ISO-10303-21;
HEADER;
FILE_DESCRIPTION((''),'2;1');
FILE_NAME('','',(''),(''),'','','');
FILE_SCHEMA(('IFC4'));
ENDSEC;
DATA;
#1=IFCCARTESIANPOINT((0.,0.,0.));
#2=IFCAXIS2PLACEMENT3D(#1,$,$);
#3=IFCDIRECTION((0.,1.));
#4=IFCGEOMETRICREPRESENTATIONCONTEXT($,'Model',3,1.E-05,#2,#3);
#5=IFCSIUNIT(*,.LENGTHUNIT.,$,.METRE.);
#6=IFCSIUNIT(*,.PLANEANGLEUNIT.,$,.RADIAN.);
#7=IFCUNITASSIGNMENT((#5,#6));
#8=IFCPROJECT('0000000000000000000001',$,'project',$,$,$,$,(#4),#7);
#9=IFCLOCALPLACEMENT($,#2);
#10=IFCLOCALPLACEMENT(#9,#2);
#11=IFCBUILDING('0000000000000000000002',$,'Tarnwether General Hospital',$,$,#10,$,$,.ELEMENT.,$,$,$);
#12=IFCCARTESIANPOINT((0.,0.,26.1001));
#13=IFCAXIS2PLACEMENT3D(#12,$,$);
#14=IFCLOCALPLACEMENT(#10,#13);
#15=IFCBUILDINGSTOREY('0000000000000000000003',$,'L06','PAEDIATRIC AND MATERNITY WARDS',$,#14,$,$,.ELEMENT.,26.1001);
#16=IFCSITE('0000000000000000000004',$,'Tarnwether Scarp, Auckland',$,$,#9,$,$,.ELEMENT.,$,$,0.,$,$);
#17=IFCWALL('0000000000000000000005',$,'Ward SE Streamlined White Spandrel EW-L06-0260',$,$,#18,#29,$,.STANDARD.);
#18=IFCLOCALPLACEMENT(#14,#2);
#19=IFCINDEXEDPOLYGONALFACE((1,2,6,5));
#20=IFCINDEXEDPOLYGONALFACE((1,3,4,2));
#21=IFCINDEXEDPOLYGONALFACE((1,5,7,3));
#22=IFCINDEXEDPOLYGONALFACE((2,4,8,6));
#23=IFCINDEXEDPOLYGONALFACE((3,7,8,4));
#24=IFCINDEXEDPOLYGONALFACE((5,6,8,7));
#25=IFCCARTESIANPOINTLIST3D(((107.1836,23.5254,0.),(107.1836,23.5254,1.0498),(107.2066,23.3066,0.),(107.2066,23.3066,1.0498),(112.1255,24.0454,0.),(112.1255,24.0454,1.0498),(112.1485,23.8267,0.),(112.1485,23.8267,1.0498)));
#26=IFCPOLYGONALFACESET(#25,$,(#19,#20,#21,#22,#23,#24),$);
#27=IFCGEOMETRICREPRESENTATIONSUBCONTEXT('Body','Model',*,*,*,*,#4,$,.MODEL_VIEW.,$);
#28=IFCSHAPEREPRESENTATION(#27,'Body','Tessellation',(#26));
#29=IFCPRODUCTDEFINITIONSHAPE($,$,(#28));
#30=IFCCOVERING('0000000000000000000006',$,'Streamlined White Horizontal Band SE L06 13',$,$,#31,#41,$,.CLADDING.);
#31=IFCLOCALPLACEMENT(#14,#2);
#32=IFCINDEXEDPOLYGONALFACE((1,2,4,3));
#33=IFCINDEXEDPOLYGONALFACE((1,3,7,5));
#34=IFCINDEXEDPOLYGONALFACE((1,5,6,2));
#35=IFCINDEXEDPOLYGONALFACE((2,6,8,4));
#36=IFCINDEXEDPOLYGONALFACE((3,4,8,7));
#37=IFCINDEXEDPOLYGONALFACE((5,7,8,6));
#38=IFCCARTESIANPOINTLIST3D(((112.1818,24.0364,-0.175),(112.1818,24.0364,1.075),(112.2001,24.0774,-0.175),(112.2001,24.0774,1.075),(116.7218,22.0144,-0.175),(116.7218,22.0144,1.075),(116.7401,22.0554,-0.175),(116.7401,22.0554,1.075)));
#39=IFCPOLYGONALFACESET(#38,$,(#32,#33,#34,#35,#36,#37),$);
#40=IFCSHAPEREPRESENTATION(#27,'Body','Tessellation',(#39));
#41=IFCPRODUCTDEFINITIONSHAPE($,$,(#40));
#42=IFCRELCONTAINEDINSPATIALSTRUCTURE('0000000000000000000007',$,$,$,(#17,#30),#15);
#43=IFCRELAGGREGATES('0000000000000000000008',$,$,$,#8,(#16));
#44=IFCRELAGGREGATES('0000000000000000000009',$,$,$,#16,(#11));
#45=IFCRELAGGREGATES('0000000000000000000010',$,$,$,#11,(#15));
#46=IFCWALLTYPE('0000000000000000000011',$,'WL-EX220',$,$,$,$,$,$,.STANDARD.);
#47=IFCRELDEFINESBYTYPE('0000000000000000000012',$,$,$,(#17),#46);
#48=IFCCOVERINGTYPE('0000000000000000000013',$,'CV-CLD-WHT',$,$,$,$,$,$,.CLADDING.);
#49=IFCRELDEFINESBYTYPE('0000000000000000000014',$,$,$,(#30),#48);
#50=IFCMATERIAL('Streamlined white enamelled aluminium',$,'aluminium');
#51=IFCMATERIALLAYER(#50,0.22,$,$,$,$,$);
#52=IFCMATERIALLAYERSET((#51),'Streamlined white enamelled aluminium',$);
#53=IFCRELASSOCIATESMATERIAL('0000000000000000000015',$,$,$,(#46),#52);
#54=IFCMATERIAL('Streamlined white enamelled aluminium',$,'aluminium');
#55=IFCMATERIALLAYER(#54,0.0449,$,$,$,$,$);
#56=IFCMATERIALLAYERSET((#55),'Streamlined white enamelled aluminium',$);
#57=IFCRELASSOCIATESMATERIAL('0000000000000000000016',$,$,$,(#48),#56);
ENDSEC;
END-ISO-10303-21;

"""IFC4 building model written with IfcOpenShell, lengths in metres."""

from ifc_helpers import new_model, si_unit, direction, frame, frame_2d, origin, origin_2d, place, context, subcontext, project, spatial, rectangle, extrude, material, layer, layer_set, type_object, element, save


model = new_model("IFC4")

# Units and contexts
model_context = context("Model", 3, precision=1e-05, world=origin(), true_north=direction((0.0, 1.0)))
body_context = subcontext(model_context, "Body", "Model", "MODEL_VIEW")
ifc_project = project(units=[si_unit("LENGTHUNIT", "METRE"), si_unit("PLANEANGLEUNIT", "RADIAN")], contexts=[model_context])

# Site, building, storey
site_placement = place(None, origin())
site = spatial("IfcSite", under=ifc_project, at=site_placement, Name="Tarnwether Scarp, Auckland", CompositionType="ELEMENT", RefElevation=0.0)
building_placement = place(site_placement, origin())
building = spatial("IfcBuilding", under=site, at=building_placement, Name="Tarnwether General Hospital", CompositionType="ELEMENT")
storey_placement = place(building_placement, frame((0.0, 0.0, 26.1001)))
storey = spatial("IfcBuildingStorey", under=building, at=storey_placement, Name="L06", Description="PAEDIATRIC AND MATERNITY WARDS", CompositionType="ELEMENT", Elevation=26.1001)

# Wall
ifc_material_1 = material(Name="Streamlined white enamelled aluminium", Category="aluminium")
ifc_layer_1 = layer(ifc_material_1, 0.22)
ifc_layer_set_1 = layer_set([ifc_layer_1], Name="Streamlined white enamelled aluminium")
wall_type = type_object("IfcWallType", Name="WL-EX220", PredefinedType="STANDARD", material=ifc_layer_set_1)
wall_placement = place(storey_placement, frame((107.1951, 23.416, 0.0), z_axis=(0.0, 0.0, 1.0), x_axis=(0.994509, 0.104649, 0.0)))
element("IfcWall", 1, at=wall_placement, inside=storey, type_object=wall_type, Name="Ward SE Streamlined White Spandrel EW-L06-0260", PredefinedType="STANDARD", context=body_context, shape_type="SweptSolid", body=[
    extrude(rectangle(XDim=4.9692, YDim=0.22, at=frame_2d((2.4846, 0.0))), origin(), (0.0, 0.0, 1.0), 1.0498),
])

# Covering
ifc_material_2 = material(Name="Streamlined white enamelled aluminium", Category="aluminium")
ifc_layer_2 = layer(ifc_material_2, 0.0449)
ifc_layer_set_2 = layer_set([ifc_layer_2], Name="Streamlined white enamelled aluminium")
covering_type = type_object("IfcCoveringType", Name="CV-CLD-WHT", PredefinedType="CLADDING", material=ifc_layer_set_2)
covering_placement = place(storey_placement, frame((114.4609, 23.0459, -0.175), z_axis=(0.0, 0.0, 1.0), x_axis=(0.913496, -0.406848, 0.0)))
element("IfcCovering", 2, at=covering_placement, inside=storey, type_object=covering_type, Name="Streamlined White Horizontal Band SE L06 13", PredefinedType="CLADDING", context=body_context, shape_type="SweptSolid", body=[
    extrude(rectangle(XDim=4.97, YDim=0.0449, at=origin_2d()), origin(), (0.0, 0.0, 1.0), 1.25),
])

save(model, "model.ifc")
